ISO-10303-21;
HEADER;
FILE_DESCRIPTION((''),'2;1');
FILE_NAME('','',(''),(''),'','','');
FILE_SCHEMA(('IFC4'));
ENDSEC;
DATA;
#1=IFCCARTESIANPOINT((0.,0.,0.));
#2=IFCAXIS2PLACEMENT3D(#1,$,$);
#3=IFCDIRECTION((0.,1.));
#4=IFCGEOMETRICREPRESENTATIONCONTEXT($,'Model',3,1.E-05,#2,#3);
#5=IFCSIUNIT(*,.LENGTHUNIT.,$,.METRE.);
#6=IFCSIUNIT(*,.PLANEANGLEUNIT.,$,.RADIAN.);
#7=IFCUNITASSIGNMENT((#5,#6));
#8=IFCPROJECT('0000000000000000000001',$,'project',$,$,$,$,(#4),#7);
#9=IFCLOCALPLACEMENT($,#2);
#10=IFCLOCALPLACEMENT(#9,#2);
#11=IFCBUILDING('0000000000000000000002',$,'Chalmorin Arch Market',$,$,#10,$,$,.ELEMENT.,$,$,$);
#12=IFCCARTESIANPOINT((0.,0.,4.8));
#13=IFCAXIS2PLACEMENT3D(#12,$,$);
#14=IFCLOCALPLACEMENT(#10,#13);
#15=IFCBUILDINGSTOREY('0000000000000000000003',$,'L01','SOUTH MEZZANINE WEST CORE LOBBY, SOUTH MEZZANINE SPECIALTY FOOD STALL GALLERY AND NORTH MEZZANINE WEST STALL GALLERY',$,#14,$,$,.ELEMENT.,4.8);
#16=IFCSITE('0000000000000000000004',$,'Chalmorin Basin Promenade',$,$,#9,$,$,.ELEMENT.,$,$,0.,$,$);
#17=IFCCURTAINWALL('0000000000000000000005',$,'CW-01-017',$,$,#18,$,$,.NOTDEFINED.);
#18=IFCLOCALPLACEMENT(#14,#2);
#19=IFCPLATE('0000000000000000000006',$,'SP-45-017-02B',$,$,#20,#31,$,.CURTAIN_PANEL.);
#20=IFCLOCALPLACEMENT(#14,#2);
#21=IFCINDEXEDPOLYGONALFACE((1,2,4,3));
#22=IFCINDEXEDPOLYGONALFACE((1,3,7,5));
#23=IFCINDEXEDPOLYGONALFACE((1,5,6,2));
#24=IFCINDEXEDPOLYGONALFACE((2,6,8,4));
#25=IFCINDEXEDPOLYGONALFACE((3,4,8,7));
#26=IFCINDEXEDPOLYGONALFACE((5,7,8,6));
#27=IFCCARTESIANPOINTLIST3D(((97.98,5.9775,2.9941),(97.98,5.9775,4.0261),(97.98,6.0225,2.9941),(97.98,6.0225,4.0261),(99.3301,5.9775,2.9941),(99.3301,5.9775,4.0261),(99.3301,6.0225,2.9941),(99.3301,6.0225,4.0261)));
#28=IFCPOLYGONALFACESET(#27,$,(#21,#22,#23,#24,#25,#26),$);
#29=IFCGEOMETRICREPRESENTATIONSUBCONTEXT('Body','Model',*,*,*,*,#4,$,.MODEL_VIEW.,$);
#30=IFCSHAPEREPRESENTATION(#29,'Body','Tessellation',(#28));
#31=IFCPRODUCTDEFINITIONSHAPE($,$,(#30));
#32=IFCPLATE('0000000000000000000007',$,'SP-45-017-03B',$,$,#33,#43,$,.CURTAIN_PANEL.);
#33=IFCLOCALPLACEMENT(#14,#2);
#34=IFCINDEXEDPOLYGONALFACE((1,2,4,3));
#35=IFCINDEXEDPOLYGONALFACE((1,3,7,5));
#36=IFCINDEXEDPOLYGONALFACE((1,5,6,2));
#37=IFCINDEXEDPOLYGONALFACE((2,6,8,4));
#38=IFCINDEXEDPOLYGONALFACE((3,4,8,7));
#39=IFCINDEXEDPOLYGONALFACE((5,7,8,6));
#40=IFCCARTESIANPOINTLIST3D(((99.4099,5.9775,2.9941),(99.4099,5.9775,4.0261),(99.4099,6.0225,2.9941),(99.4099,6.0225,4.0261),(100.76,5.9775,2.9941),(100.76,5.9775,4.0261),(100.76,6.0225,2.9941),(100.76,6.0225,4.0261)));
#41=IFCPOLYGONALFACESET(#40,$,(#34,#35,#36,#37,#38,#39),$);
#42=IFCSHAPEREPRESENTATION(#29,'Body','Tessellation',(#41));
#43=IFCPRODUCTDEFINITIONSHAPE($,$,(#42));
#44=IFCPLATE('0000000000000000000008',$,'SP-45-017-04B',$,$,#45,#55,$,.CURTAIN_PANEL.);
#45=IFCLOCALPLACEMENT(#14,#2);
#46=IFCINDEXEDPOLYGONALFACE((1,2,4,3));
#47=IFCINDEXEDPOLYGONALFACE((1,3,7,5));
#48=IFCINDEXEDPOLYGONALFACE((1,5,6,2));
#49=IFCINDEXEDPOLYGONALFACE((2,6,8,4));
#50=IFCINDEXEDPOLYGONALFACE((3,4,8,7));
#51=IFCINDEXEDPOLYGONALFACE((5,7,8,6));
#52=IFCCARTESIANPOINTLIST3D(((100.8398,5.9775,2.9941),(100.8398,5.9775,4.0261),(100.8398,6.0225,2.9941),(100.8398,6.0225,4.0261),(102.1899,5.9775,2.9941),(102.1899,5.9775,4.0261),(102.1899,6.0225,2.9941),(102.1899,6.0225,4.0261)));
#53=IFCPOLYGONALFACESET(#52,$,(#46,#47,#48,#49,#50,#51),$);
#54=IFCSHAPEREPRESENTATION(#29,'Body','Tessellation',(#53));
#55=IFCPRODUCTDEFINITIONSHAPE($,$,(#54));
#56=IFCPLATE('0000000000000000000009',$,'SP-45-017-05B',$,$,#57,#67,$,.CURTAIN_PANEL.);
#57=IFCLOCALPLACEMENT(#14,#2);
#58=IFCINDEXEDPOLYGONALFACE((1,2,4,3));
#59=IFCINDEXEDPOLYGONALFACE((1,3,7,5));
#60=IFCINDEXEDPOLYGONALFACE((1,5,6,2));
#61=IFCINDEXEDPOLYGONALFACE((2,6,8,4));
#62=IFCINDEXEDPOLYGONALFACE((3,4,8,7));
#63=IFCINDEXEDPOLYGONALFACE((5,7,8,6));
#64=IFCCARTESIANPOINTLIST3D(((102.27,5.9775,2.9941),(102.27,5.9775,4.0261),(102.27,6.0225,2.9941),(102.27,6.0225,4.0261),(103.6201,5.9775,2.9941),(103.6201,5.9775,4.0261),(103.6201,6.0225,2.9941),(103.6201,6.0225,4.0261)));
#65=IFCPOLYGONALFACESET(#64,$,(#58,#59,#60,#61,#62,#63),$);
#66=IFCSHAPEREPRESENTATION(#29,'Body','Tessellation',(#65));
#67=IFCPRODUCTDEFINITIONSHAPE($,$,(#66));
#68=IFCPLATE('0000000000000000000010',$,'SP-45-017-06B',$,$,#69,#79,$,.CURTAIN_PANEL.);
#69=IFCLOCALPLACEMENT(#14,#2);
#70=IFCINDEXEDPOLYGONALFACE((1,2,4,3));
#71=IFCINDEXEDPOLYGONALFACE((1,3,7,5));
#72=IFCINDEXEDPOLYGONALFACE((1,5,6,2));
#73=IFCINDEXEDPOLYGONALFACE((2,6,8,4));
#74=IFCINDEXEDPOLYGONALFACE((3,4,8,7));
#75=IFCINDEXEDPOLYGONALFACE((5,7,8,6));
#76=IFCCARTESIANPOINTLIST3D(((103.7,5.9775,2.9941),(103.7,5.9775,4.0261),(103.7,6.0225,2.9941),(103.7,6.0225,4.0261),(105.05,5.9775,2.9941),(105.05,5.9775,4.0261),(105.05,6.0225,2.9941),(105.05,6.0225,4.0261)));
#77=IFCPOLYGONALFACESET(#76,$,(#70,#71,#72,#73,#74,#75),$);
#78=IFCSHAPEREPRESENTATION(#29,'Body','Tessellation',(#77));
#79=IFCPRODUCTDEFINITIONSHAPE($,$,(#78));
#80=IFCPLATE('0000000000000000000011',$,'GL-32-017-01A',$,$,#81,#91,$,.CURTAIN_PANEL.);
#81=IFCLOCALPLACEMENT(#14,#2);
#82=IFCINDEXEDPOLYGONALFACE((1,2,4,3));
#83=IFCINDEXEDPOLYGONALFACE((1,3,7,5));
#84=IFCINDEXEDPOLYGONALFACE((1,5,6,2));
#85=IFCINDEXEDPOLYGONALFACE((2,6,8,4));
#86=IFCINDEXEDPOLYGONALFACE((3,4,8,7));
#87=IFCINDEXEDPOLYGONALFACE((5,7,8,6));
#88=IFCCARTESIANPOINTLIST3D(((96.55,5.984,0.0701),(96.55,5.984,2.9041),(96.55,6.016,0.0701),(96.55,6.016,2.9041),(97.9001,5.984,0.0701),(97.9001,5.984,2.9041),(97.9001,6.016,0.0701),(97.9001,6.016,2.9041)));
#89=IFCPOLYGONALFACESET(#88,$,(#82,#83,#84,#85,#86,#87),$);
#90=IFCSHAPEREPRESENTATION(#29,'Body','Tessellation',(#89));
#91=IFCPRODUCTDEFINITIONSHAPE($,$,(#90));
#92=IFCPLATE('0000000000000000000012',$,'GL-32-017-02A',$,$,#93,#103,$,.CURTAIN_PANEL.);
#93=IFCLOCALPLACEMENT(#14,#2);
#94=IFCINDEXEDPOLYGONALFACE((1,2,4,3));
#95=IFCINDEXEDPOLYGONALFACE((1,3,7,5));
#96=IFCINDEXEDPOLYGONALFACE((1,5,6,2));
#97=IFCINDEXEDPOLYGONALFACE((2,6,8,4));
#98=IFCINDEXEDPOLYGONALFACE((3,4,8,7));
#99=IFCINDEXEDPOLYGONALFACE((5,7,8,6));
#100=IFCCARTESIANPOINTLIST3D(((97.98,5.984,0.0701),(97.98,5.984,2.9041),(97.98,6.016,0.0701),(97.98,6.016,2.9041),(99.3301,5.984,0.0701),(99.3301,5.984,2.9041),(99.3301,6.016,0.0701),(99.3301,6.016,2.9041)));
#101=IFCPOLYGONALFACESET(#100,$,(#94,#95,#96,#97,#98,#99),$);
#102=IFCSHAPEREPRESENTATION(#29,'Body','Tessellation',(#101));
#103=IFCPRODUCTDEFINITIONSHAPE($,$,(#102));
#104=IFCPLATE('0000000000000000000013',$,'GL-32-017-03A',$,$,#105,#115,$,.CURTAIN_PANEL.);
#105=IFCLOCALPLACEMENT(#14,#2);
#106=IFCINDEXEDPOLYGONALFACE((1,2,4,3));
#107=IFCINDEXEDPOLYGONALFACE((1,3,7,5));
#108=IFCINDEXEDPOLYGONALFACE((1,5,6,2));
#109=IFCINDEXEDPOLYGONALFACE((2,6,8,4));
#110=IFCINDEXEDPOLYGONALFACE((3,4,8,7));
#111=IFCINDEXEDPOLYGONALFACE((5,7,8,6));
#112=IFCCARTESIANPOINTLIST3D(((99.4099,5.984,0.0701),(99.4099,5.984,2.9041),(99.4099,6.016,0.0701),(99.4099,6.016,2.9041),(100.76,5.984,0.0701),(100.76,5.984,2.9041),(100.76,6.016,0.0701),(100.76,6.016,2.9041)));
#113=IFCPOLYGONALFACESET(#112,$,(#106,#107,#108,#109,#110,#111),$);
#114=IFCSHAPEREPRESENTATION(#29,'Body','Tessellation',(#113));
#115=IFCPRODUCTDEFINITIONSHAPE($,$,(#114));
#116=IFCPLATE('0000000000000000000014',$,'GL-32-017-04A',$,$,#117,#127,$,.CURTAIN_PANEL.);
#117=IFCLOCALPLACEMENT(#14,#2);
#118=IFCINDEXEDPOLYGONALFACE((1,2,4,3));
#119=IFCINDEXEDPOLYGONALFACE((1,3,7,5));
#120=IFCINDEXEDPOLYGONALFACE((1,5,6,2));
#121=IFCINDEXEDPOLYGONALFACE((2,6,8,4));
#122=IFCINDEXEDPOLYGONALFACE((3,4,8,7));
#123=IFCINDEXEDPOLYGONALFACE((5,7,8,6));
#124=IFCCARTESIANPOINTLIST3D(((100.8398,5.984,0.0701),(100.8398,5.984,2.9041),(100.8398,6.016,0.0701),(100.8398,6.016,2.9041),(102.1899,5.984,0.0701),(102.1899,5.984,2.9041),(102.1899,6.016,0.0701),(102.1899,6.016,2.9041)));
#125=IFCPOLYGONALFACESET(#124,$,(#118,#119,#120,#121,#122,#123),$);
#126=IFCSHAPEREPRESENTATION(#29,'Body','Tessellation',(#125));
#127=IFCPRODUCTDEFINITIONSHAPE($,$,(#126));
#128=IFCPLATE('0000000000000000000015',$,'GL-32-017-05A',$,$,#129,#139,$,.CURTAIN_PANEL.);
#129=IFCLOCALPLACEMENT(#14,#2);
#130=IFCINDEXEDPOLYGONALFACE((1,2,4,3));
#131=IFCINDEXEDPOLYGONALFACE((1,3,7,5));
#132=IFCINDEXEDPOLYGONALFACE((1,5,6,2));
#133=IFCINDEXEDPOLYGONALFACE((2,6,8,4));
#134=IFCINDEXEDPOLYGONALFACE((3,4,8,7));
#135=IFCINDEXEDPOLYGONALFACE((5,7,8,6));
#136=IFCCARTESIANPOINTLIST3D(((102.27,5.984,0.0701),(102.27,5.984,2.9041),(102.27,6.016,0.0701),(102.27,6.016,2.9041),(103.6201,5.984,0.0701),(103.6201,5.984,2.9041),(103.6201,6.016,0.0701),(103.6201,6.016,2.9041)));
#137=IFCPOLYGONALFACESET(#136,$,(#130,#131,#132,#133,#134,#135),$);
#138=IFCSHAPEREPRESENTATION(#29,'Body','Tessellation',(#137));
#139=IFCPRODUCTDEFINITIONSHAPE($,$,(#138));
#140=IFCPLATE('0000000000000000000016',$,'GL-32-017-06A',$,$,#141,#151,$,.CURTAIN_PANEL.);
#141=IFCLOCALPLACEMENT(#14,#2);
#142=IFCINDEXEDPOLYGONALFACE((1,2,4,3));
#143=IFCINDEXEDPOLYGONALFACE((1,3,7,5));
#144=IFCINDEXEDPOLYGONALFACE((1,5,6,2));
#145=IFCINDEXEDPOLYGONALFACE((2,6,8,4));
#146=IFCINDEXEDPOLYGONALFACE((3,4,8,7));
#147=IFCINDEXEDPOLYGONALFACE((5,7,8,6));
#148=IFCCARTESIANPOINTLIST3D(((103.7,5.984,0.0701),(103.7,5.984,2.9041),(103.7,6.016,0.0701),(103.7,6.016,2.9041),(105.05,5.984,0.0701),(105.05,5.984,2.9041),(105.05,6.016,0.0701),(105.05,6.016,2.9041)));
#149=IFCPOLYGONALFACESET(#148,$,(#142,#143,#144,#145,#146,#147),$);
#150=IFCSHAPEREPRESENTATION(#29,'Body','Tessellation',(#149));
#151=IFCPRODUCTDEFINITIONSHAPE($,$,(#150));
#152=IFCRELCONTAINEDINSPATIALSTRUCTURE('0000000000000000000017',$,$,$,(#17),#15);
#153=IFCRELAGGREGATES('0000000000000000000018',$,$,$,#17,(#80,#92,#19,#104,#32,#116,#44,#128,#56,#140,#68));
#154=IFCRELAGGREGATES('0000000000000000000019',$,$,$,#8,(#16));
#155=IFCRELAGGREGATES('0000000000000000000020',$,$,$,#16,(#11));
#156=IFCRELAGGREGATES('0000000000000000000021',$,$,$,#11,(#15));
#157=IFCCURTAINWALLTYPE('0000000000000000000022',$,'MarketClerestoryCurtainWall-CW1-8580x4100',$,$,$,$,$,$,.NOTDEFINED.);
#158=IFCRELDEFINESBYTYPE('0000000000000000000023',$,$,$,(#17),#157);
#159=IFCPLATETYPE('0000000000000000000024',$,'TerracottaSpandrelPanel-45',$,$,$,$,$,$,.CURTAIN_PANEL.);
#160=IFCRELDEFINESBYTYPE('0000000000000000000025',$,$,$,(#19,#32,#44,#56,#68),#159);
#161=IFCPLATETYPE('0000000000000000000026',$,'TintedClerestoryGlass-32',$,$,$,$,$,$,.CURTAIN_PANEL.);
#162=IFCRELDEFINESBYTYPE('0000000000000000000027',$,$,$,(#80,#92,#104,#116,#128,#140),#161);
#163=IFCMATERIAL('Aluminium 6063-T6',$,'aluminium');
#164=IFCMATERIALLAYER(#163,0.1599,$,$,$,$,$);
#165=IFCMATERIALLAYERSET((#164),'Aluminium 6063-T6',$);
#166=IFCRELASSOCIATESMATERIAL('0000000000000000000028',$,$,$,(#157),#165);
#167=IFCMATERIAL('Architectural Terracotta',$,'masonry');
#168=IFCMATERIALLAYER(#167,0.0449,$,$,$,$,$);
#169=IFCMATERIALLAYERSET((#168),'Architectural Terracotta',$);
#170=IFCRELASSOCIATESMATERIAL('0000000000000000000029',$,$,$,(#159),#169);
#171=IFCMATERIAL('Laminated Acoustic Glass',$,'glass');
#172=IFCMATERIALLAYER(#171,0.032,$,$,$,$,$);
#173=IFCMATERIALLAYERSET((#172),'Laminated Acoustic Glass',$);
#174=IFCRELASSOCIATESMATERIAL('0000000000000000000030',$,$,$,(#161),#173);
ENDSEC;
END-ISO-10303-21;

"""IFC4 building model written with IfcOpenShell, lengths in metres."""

from ifc_helpers import new_model, si_unit, direction, frame, origin, origin_2d, place, context, subcontext, project, spatial, rectangle, extrude, material, layer, layer_set, type_object, element, aggregate, save


model = new_model("IFC4")

# Units and contexts
model_context = context("Model", 3, precision=1e-05, world=origin(), true_north=direction((0.0, 1.0)))
body_context = subcontext(model_context, "Body", "Model", "MODEL_VIEW")
ifc_project = project(units=[si_unit("LENGTHUNIT", "METRE"), si_unit("PLANEANGLEUNIT", "RADIAN")], contexts=[model_context])

# Site, building, storey
site_placement = place(None, origin())
site = spatial("IfcSite", under=ifc_project, at=site_placement, Name="Chalmorin Basin Promenade", CompositionType="ELEMENT", RefElevation=0.0)
building_placement = place(site_placement, origin())
building = spatial("IfcBuilding", under=site, at=building_placement, Name="Chalmorin Arch Market", CompositionType="ELEMENT")
storey_placement = place(building_placement, frame((0.0, 0.0, 4.8)))
storey = spatial("IfcBuildingStorey", under=building, at=storey_placement, Name="L01", Description="SOUTH MEZZANINE WEST CORE LOBBY, SOUTH MEZZANINE SPECIALTY FOOD STALL GALLERY AND NORTH MEZZANINE WEST STALL GALLERY", CompositionType="ELEMENT", Elevation=4.8)

# Curtain wall
ifc_material_1 = material(Name="Aluminium 6063-T6", Category="aluminium")
ifc_layer_1 = layer(ifc_material_1, 0.1599)
ifc_layer_set_1 = layer_set([ifc_layer_1], Name="Aluminium 6063-T6")
curtain_wall_type = type_object("IfcCurtainWallType", Name="MarketClerestoryCurtainWall-CW1-8580x4100", PredefinedType="NOTDEFINED", material=ifc_layer_set_1)
curtain_wall_placement = place(storey_placement, origin())
curtain_wall = element("IfcCurtainWall", 1, at=curtain_wall_placement, inside=storey, type_object=curtain_wall_type, Name="CW-01-017", PredefinedType="NOTDEFINED")

# Plates
ifc_material_2 = material(Name="Architectural Terracotta", Category="masonry")
ifc_layer_2 = layer(ifc_material_2, 0.0449)
ifc_layer_set_2 = layer_set([ifc_layer_2], Name="Architectural Terracotta")
plate_type_1 = type_object("IfcPlateType", Name="TerracottaSpandrelPanel-45", PredefinedType="CURTAIN_PANEL", material=ifc_layer_set_2)
plate_1_placement = place(storey_placement, frame((98.655, 6.0, 2.9941), z_axis=(0.0, 0.0, 1.0), x_axis=(1.0, 0.0, 0.0)))
plate_1 = element("IfcPlate", 2, at=plate_1_placement, type_object=plate_type_1, Name="SP-45-017-02B", PredefinedType="CURTAIN_PANEL", context=body_context, shape_type="SweptSolid", body=[
    extrude(rectangle(XDim=1.3501, YDim=0.0449, at=origin_2d()), origin(), (0.0, 0.0, 1.0), 1.032),
])
plate_2_placement = place(storey_placement, frame((100.085, 6.0, 2.9941), z_axis=(0.0, 0.0, 1.0), x_axis=(1.0, 0.0, 0.0)))
plate_2 = element("IfcPlate", 3, at=plate_2_placement, type_object=plate_type_1, Name="SP-45-017-03B", PredefinedType="CURTAIN_PANEL", context=body_context, shape_type="SweptSolid", body=[
    extrude(rectangle(XDim=1.3501, YDim=0.0449, at=origin_2d()), origin(), (0.0, 0.0, 1.0), 1.032),
])
plate_3_placement = place(storey_placement, frame((101.5149, 6.0, 2.9941), z_axis=(0.0, 0.0, 1.0), x_axis=(1.0, 0.0, 0.0)))
plate_3 = element("IfcPlate", 4, at=plate_3_placement, type_object=plate_type_1, Name="SP-45-017-04B", PredefinedType="CURTAIN_PANEL", context=body_context, shape_type="SweptSolid", body=[
    extrude(rectangle(XDim=1.3501, YDim=0.0449, at=origin_2d()), origin(), (0.0, 0.0, 1.0), 1.032),
])
plate_4_placement = place(storey_placement, frame((102.9451, 6.0, 2.9941), z_axis=(0.0, 0.0, 1.0), x_axis=(1.0, 0.0, 0.0)))
plate_4 = element("IfcPlate", 5, at=plate_4_placement, type_object=plate_type_1, Name="SP-45-017-05B", PredefinedType="CURTAIN_PANEL", context=body_context, shape_type="SweptSolid", body=[
    extrude(rectangle(XDim=1.3501, YDim=0.0449, at=origin_2d()), origin(), (0.0, 0.0, 1.0), 1.032),
])
plate_5_placement = place(storey_placement, frame((104.375, 6.0, 2.9941), z_axis=(0.0, 0.0, 1.0), x_axis=(1.0, 0.0, 0.0)))
plate_5 = element("IfcPlate", 6, at=plate_5_placement, type_object=plate_type_1, Name="SP-45-017-06B", PredefinedType="CURTAIN_PANEL", context=body_context, shape_type="SweptSolid", body=[
    extrude(rectangle(XDim=1.3501, YDim=0.0449, at=origin_2d()), origin(), (0.0, 0.0, 1.0), 1.032),
])
ifc_material_3 = material(Name="Laminated Acoustic Glass", Category="glass")
ifc_layer_3 = layer(ifc_material_3, 0.032)
ifc_layer_set_3 = layer_set([ifc_layer_3], Name="Laminated Acoustic Glass")
plate_type_2 = type_object("IfcPlateType", Name="TintedClerestoryGlass-32", PredefinedType="CURTAIN_PANEL", material=ifc_layer_set_3)
plate_6_placement = place(storey_placement, frame((97.2251, 6.0, 0.0701), z_axis=(0.0, 0.0, 1.0), x_axis=(1.0, 0.0, 0.0)))
plate_6 = element("IfcPlate", 7, at=plate_6_placement, type_object=plate_type_2, Name="GL-32-017-01A", PredefinedType="CURTAIN_PANEL", context=body_context, shape_type="SweptSolid", body=[
    extrude(rectangle(XDim=1.3501, YDim=0.032, at=origin_2d()), origin(), (0.0, 0.0, 1.0), 2.834),
])
plate_7_placement = place(storey_placement, frame((98.655, 6.0, 0.0701), z_axis=(0.0, 0.0, 1.0), x_axis=(1.0, 0.0, 0.0)))
plate_7 = element("IfcPlate", 8, at=plate_7_placement, type_object=plate_type_2, Name="GL-32-017-02A", PredefinedType="CURTAIN_PANEL", context=body_context, shape_type="SweptSolid", body=[
    extrude(rectangle(XDim=1.3501, YDim=0.032, at=origin_2d()), origin(), (0.0, 0.0, 1.0), 2.834),
])
plate_8_placement = place(storey_placement, frame((100.085, 6.0, 0.0701), z_axis=(0.0, 0.0, 1.0), x_axis=(1.0, 0.0, 0.0)))
plate_8 = element("IfcPlate", 9, at=plate_8_placement, type_object=plate_type_2, Name="GL-32-017-03A", PredefinedType="CURTAIN_PANEL", context=body_context, shape_type="SweptSolid", body=[
    extrude(rectangle(XDim=1.3501, YDim=0.032, at=origin_2d()), origin(), (0.0, 0.0, 1.0), 2.834),
])
plate_9_placement = place(storey_placement, frame((101.5149, 6.0, 0.0701), z_axis=(0.0, 0.0, 1.0), x_axis=(1.0, 0.0, 0.0)))
plate_9 = element("IfcPlate", 10, at=plate_9_placement, type_object=plate_type_2, Name="GL-32-017-04A", PredefinedType="CURTAIN_PANEL", context=body_context, shape_type="SweptSolid", body=[
    extrude(rectangle(XDim=1.3501, YDim=0.032, at=origin_2d()), origin(), (0.0, 0.0, 1.0), 2.834),
])
plate_10_placement = place(storey_placement, frame((102.9451, 6.0, 0.0701), z_axis=(0.0, 0.0, 1.0), x_axis=(1.0, 0.0, 0.0)))
plate_10 = element("IfcPlate", 11, at=plate_10_placement, type_object=plate_type_2, Name="GL-32-017-05A", PredefinedType="CURTAIN_PANEL", context=body_context, shape_type="SweptSolid", body=[
    extrude(rectangle(XDim=1.3501, YDim=0.032, at=origin_2d()), origin(), (0.0, 0.0, 1.0), 2.834),
])
plate_11_placement = place(storey_placement, frame((104.375, 6.0, 0.0701), z_axis=(0.0, 0.0, 1.0), x_axis=(1.0, 0.0, 0.0)))
plate_11 = element("IfcPlate", 12, at=plate_11_placement, type_object=plate_type_2, Name="GL-32-017-06A", PredefinedType="CURTAIN_PANEL", context=body_context, shape_type="SweptSolid", body=[
    extrude(rectangle(XDim=1.3501, YDim=0.032, at=origin_2d()), origin(), (0.0, 0.0, 1.0), 2.834),
])
aggregate(curtain_wall, [plate_6, plate_7, plate_1, plate_8, plate_2, plate_9, plate_3, plate_10, plate_4, plate_11, plate_5])

save(model, "model.ifc")
